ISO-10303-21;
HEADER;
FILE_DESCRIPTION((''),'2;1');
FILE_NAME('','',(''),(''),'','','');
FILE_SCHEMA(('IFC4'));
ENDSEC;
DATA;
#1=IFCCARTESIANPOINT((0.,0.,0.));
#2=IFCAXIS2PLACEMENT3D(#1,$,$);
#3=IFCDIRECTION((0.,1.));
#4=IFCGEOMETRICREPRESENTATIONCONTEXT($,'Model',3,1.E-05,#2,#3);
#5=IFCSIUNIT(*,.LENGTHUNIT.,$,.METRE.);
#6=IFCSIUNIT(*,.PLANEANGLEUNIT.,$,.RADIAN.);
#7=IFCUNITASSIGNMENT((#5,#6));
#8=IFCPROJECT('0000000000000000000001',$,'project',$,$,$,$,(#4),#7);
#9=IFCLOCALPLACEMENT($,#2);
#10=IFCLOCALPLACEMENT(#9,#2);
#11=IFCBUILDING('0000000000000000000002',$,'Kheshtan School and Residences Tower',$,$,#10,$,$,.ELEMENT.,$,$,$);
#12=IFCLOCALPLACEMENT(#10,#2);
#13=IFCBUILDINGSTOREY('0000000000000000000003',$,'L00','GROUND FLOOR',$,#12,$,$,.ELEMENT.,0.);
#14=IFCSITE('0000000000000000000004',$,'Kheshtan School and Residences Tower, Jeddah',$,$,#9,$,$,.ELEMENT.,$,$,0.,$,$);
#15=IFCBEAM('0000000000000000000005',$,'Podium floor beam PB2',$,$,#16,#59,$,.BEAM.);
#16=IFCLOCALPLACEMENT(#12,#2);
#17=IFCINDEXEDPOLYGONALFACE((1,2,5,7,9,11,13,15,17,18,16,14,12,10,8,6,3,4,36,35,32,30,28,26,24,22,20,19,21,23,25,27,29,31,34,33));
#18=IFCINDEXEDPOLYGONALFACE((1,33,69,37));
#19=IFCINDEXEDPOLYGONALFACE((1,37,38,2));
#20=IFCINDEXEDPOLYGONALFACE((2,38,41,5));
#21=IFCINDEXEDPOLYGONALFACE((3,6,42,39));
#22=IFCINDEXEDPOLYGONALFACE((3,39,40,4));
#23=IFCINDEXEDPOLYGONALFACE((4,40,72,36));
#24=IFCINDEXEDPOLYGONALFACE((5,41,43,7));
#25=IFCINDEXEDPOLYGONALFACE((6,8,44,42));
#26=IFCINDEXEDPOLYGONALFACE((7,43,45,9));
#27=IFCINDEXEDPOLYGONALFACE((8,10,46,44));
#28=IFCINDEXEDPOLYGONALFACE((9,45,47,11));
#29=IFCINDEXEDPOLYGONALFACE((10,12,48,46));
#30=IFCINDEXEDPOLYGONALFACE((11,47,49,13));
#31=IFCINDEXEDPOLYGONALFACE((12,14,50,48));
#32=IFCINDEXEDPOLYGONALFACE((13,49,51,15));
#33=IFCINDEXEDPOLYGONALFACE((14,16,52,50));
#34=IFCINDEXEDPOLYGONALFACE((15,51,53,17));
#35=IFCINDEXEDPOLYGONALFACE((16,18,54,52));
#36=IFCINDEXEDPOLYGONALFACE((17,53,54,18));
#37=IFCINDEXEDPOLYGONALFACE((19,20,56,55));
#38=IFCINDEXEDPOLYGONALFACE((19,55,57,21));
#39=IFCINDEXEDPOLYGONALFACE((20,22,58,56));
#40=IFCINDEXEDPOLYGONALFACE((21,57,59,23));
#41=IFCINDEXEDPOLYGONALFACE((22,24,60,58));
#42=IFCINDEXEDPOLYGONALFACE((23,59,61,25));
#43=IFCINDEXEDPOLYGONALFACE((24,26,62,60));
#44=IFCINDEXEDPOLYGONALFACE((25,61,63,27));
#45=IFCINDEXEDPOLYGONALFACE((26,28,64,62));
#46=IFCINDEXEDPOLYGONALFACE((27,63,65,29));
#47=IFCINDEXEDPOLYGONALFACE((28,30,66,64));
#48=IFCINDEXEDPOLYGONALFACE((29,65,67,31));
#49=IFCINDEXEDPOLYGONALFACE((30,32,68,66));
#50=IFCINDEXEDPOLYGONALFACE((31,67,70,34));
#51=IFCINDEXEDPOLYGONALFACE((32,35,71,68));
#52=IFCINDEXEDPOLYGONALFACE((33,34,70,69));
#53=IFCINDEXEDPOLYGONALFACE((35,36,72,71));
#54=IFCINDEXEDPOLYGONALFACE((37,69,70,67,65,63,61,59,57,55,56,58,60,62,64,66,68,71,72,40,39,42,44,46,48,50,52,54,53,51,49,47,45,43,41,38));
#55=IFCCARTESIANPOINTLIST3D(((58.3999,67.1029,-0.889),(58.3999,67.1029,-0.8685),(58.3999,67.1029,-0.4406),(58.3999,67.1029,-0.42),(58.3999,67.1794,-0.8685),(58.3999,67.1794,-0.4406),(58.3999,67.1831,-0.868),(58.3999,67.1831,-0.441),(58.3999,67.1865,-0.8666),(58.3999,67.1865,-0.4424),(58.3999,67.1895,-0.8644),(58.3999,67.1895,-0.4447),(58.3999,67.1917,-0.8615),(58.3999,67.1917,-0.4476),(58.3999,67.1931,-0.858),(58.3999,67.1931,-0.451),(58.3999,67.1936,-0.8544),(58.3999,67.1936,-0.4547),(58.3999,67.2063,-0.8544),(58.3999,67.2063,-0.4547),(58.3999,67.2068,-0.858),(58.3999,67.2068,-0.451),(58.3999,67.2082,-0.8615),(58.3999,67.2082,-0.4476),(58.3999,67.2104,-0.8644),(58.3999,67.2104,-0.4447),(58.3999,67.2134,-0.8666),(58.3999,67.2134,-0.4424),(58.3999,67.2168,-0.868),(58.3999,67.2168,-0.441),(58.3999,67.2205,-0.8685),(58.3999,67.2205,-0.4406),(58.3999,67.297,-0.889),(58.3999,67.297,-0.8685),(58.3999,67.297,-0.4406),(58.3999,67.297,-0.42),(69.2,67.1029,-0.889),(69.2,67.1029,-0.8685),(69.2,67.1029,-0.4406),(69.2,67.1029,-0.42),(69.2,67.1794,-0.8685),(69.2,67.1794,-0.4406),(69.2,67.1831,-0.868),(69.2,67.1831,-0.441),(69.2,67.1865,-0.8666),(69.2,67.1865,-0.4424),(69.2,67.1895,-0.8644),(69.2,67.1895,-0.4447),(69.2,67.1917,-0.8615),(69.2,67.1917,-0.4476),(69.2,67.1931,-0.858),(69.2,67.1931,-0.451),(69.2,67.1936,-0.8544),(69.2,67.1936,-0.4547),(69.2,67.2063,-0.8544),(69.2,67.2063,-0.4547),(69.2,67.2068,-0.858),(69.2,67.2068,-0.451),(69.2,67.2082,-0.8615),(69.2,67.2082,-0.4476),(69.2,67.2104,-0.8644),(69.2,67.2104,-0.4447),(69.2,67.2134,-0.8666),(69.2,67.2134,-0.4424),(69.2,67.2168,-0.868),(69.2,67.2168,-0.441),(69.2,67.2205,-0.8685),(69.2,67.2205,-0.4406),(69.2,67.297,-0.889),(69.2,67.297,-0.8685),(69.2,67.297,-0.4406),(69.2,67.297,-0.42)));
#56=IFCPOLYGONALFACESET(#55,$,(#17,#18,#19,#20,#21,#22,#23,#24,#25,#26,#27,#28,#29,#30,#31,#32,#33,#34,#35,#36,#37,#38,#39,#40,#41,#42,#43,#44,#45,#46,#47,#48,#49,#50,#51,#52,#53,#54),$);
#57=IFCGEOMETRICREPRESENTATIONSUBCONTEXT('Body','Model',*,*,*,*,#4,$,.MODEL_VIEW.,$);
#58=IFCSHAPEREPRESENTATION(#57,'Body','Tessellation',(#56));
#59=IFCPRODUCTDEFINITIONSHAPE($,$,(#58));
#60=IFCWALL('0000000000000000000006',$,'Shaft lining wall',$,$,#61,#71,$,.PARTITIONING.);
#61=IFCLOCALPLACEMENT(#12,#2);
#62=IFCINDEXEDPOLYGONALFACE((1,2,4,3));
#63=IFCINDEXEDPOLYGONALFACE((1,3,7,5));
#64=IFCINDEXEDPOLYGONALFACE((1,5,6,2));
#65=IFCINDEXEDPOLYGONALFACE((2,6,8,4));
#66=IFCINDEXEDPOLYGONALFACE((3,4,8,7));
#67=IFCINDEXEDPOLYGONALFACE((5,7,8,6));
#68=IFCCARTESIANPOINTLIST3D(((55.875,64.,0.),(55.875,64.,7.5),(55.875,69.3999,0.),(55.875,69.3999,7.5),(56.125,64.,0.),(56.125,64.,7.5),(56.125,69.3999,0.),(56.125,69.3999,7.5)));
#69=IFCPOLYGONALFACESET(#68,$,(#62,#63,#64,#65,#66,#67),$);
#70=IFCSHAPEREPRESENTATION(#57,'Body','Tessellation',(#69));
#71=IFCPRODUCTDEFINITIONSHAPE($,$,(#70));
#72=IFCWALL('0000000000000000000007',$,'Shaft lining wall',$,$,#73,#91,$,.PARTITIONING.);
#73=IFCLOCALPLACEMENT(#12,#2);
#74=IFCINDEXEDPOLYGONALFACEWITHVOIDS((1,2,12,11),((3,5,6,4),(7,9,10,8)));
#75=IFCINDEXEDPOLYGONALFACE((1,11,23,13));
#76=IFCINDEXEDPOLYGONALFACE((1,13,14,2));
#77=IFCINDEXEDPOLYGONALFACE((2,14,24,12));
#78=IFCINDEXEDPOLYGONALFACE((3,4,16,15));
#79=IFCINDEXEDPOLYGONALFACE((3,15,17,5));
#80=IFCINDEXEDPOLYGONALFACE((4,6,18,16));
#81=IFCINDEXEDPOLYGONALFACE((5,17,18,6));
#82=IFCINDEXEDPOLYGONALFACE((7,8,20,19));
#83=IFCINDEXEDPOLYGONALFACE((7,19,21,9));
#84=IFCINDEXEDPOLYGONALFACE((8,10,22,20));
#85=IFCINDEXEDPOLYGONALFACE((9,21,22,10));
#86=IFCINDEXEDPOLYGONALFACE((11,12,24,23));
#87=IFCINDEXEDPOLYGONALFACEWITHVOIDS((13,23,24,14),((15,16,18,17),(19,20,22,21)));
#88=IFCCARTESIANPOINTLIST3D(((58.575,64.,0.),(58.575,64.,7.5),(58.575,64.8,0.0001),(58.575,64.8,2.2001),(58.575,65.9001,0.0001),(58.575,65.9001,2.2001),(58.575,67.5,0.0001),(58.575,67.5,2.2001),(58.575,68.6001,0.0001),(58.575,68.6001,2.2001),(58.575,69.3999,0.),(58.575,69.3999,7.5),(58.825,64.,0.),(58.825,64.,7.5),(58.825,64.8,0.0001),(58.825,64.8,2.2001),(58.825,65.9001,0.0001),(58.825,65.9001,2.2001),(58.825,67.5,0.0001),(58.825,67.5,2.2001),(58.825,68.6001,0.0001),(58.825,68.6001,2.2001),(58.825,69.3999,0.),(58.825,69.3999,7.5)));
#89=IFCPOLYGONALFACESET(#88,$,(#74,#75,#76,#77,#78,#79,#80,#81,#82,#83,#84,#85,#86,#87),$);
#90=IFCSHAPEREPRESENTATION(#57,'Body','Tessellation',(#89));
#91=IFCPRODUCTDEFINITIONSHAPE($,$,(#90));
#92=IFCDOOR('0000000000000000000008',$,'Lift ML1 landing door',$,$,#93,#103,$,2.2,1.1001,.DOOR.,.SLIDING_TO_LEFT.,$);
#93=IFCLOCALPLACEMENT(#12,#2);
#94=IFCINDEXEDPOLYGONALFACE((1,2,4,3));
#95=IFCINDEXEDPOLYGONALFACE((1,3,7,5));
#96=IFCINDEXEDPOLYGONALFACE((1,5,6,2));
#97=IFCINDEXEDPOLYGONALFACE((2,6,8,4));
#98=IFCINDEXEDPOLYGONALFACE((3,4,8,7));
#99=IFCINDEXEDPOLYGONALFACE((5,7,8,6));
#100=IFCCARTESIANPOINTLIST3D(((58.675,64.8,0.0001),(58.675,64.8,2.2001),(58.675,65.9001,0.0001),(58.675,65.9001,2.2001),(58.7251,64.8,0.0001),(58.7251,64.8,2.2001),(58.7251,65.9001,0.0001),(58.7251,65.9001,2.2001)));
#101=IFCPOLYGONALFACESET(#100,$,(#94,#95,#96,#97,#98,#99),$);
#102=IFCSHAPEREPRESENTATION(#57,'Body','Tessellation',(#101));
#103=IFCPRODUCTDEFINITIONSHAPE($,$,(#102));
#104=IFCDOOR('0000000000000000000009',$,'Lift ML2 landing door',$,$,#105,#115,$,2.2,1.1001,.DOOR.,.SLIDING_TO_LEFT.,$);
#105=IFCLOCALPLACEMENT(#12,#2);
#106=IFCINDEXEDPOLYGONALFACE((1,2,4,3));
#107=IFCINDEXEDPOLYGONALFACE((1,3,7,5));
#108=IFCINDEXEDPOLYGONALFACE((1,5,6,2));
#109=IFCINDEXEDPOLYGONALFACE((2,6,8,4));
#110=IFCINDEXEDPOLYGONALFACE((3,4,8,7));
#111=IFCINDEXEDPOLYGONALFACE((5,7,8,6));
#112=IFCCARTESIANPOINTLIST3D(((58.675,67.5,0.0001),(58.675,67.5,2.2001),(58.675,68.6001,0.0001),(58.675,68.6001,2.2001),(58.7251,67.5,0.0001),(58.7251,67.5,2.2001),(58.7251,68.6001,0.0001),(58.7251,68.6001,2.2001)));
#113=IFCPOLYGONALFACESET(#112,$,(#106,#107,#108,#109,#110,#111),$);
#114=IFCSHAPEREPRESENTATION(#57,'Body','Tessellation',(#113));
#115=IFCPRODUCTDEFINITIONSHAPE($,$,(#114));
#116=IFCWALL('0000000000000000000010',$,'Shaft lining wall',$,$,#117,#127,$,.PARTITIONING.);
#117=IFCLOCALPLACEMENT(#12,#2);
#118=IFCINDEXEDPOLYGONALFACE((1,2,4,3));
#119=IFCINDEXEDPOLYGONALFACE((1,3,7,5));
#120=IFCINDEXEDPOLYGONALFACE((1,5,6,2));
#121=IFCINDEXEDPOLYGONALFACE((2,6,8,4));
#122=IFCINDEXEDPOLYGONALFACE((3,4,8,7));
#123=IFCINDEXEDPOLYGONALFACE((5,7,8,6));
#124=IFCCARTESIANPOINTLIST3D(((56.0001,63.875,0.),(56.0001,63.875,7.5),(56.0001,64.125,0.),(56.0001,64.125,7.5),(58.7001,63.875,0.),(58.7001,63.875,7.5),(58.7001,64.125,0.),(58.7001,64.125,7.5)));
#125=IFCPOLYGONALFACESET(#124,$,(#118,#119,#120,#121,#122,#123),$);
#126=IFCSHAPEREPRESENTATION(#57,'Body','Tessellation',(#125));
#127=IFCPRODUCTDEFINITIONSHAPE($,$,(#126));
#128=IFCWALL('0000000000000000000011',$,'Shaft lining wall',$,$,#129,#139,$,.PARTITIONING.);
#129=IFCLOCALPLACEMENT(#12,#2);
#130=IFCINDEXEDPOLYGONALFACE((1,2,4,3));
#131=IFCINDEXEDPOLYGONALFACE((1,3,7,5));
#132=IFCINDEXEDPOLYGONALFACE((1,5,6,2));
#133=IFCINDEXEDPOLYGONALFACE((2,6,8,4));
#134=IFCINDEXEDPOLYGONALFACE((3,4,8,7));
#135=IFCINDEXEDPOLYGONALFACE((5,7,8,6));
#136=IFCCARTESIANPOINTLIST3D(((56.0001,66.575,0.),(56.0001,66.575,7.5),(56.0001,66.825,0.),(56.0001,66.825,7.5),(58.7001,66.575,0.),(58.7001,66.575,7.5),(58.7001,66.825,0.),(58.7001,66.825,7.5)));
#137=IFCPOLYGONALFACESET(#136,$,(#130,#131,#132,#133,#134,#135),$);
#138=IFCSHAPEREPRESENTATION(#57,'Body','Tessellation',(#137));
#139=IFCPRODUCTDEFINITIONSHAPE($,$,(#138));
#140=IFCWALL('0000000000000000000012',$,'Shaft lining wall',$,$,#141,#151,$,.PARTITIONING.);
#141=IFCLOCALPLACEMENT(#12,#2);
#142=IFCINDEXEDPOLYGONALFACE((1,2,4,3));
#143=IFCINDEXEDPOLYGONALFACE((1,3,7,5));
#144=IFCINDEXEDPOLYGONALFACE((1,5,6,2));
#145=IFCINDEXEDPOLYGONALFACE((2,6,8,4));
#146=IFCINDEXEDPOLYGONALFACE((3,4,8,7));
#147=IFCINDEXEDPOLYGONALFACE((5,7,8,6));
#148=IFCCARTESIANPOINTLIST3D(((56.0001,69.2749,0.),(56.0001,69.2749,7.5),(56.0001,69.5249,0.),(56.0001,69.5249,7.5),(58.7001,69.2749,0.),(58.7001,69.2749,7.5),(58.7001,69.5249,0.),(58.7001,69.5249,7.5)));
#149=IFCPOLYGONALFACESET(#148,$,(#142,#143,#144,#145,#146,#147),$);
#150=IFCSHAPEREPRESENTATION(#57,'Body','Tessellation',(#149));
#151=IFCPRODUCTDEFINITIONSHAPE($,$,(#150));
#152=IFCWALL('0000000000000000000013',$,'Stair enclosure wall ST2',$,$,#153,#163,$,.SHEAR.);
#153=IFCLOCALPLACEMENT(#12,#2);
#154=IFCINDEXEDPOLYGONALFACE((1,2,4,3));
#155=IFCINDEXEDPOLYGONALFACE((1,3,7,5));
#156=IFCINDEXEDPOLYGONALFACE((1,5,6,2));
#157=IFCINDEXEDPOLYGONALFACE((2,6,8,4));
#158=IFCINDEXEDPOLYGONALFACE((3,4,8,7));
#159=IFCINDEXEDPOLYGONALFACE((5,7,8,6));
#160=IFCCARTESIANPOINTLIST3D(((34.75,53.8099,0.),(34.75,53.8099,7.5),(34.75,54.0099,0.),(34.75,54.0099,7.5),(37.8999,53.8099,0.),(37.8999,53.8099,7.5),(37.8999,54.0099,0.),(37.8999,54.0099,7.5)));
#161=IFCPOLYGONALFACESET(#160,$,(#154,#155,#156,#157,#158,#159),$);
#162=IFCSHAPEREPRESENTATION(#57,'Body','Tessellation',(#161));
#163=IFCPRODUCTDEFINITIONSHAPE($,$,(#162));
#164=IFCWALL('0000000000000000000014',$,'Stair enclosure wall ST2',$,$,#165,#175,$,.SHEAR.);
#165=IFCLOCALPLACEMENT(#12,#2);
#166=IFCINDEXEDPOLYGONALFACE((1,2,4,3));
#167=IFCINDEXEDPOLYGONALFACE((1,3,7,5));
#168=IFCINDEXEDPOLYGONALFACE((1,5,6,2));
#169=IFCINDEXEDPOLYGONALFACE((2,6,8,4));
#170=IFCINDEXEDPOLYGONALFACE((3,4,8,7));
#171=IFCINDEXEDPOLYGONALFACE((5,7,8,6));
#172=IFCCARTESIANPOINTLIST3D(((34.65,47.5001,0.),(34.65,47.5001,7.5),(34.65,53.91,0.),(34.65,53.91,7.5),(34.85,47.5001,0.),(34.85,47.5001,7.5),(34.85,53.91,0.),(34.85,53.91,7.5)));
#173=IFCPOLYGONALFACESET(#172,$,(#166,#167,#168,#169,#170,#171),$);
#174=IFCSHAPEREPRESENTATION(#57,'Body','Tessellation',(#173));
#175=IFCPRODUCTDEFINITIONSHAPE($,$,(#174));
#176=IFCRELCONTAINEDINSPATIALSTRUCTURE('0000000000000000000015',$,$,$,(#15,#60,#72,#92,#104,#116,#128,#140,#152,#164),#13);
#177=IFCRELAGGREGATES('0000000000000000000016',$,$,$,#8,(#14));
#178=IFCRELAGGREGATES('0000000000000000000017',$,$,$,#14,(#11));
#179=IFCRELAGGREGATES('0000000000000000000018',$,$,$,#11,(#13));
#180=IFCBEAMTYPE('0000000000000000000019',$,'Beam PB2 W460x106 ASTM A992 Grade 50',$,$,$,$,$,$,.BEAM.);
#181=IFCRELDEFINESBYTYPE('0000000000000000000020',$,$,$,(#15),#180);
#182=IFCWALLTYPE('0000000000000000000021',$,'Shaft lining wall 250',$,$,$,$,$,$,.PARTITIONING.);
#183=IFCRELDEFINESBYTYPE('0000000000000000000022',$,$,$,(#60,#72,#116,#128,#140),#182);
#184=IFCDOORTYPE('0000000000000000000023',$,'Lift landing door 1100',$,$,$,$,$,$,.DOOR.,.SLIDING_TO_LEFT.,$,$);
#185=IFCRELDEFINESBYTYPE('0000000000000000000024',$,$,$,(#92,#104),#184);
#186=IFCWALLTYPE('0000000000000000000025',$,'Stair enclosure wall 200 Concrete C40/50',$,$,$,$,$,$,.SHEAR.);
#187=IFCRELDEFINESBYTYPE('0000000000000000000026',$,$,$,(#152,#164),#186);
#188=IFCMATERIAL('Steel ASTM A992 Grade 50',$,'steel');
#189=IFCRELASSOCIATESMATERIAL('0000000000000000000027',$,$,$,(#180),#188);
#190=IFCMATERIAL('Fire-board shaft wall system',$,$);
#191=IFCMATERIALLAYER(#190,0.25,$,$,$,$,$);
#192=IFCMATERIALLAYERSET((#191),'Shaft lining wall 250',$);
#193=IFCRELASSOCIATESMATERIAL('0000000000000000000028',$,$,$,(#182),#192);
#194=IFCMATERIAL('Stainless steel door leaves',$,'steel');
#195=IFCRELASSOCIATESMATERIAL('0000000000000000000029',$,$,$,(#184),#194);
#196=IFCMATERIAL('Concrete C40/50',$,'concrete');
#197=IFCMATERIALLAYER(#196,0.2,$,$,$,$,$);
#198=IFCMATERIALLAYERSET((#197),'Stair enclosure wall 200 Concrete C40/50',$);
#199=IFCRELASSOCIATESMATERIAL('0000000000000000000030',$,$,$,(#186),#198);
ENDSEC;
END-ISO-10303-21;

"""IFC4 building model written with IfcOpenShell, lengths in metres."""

from ifc_helpers import new_model, si_unit, direction, frame, frame_2d, origin, origin_2d, place, context, subcontext, project, spatial, rectangle, i_section, extrude, source, transform, mapped, material, layer, layer_set, material_profile, profile_set, type_object, element, fill, save


model = new_model("IFC4")

# Units and contexts
model_context = context("Model", 3, precision=1e-05, world=origin(), true_north=direction((0.0, 1.0)))
body_context = subcontext(model_context, "Body", "Model", "MODEL_VIEW")
ifc_project = project(units=[si_unit("LENGTHUNIT", "METRE"), si_unit("PLANEANGLEUNIT", "RADIAN")], contexts=[model_context])

# Site, building, storey
site_placement = place(None, origin())
site = spatial("IfcSite", under=ifc_project, at=site_placement, Name="Kheshtan School and Residences Tower, Jeddah", CompositionType="ELEMENT", RefElevation=0.0)
building_placement = place(site_placement, origin())
building = spatial("IfcBuilding", under=site, at=building_placement, Name="Kheshtan School and Residences Tower", CompositionType="ELEMENT")
storey_placement = place(building_placement, origin())
storey = spatial("IfcBuildingStorey", under=building, at=storey_placement, Name="L00", Description="GROUND FLOOR", CompositionType="ELEMENT", Elevation=0.0)

# Shared definitions
ifc_material_1 = material(Name="Steel ASTM A992 Grade 50", Category="steel")

# Beam
ifc_material_profile_1 = material_profile(ifc_material_1, i_section(OverallWidth=0.1941, OverallDepth=0.469, WebThickness=0.0127, FlangeThickness=0.0205, FilletRadius=0.0142, at=origin_2d()), Name="W460x106")
ifc_profile_set_1 = profile_set([ifc_material_profile_1], Name="Steel ASTM A992 Grade 50")
beam_type = type_object("IfcBeamType", Name="Beam PB2 W460x106 ASTM A992 Grade 50", PredefinedType="BEAM", material=ifc_profile_set_1)
beam_1_placement = place(storey_placement, frame((58.3999, 67.2, -0.6545), z_axis=(1.0, 0.0, 0.0), x_axis=(0.0, 1.0, 0.0)))
element("IfcBeam", 1, at=beam_1_placement, inside=storey, type_object=beam_type, Name="Podium floor beam PB2", PredefinedType="BEAM", context=body_context, shape_type="SweptSolid", body=[
    extrude(i_section(OverallWidth=0.1941, OverallDepth=0.469, WebThickness=0.0127, FlangeThickness=0.0205, FilletRadius=0.0142, at=origin_2d()), origin(), (0.0, 0.0, 1.0), 10.8),
])

# Wall
ifc_material_2 = material(Name="Fire-board shaft wall system")
ifc_layer_1 = layer(ifc_material_2, 0.25)
ifc_layer_set_1 = layer_set([ifc_layer_1], Name="Shaft lining wall 250")
wall_type_1 = type_object("IfcWallType", Name="Shaft lining wall 250", PredefinedType="PARTITIONING", material=ifc_layer_set_1)
wall_1_placement = place(storey_placement, frame((56.0, 64.0, 0.0), z_axis=(0.0, 0.0, 1.0), x_axis=(0.0, 1.0, 0.0)))
element("IfcWall", 2, at=wall_1_placement, inside=storey, type_object=wall_type_1, Name="Shaft lining wall", PredefinedType="PARTITIONING", context=body_context, shape_type="SweptSolid", body=[
    extrude(rectangle(XDim=5.3999, YDim=0.25, at=frame_2d((2.7, 0.0))), origin(), (0.0, 0.0, 1.0), 7.5),
])

# Wall, openings, doors
wall_2_placement = place(storey_placement, frame((58.7, 64.0, 0.0), z_axis=(0.0, 0.0, 1.0), x_axis=(0.0, 1.0, 0.0)))
wall_2 = element("IfcWall", 3, at=wall_2_placement, inside=storey, type_object=wall_type_1, Name="Shaft lining wall", PredefinedType="PARTITIONING", context=body_context, shape_type="SweptSolid", body=[
    extrude(rectangle(XDim=5.3999, YDim=0.25, at=frame_2d((2.7, 0.0))), origin(), (0.0, 0.0, 1.0), 7.5),
])
opening_1_placement = place(wall_2_placement, frame((0.8, 0.0, 0.0)))
opening_1 = element("IfcOpeningElement", 4, at=opening_1_placement, cuts=wall_2, PredefinedType="OPENING", context=body_context, shape_type="SweptSolid", body=[
    extrude(rectangle(XDim=1.1001, YDim=2.2, at=frame_2d((0.55, 1.1001))), frame((0.0, 0.135, 0.0), z_axis=(0.0, -1.0, 0.0), x_axis=(1.0, 0.0, 0.0)), (0.0, 0.0, 1.0), 0.27),
])
opening_2_placement = place(wall_2_placement, frame((3.5, 0.0, 0.0)))
opening_2 = element("IfcOpeningElement", 5, at=opening_2_placement, cuts=wall_2, PredefinedType="OPENING", context=body_context, shape_type="SweptSolid", body=[
    extrude(rectangle(XDim=1.1001, YDim=2.2, at=frame_2d((0.55, 1.1001))), frame((0.0, 0.135, 0.0), z_axis=(0.0, -1.0, 0.0), x_axis=(1.0, 0.0, 0.0)), (0.0, 0.0, 1.0), 0.27),
])
ifc_material_3 = material(Name="Stainless steel door leaves", Category="steel")
door_type = type_object("IfcDoorType", Name="Lift landing door 1100", OperationType="SLIDING_TO_LEFT", PredefinedType="DOOR", material=ifc_material_3)
shared_shape = source(origin(), body_context, "Body", "SweptSolid", [
    extrude(rectangle(XDim=1.1001, YDim=2.2, at=frame_2d((0.55, 1.1001))), frame((0.0, 0.0249, 0.0), z_axis=(0.0, -1.0, 0.0), x_axis=(1.0, 0.0, 0.0)), (0.0, 0.0, 1.0), 0.05),
])
door_1_placement = place(opening_1_placement, origin())
door_1 = element("IfcDoor", 6, at=door_1_placement, inside=storey, type_object=door_type, Name="Lift ML1 landing door", OperationType="SLIDING_TO_LEFT", OverallHeight=2.2, OverallWidth=1.1001, PredefinedType="DOOR", context=body_context, shape_type="MappedRepresentation", body=[
    mapped(shared_shape, transform((0.0, 0.0, 0.0), x_axis=(1.0, 0.0, 0.0), y_axis=(0.0, 1.0, 0.0), z_axis=(0.0, 0.0, 1.0), scale=1.0)),
])
fill(opening_1, door_1)
door_2_placement = place(opening_2_placement, origin())
door_2 = element("IfcDoor", 7, at=door_2_placement, inside=storey, type_object=door_type, Name="Lift ML2 landing door", OperationType="SLIDING_TO_LEFT", OverallHeight=2.2, OverallWidth=1.1001, PredefinedType="DOOR", context=body_context, shape_type="MappedRepresentation", body=[
    mapped(shared_shape, transform((0.0, 0.0, 0.0), x_axis=(1.0, 0.0, 0.0), y_axis=(0.0, 1.0, 0.0), z_axis=(0.0, 0.0, 1.0), scale=1.0)),
])
fill(opening_2, door_2)

# Walls
for number, where, z_axis, x_axis, name in (
    (8, (56.0, 64.0, 0.0), (0.0, 0.0, 1.0), (1.0, 0.0, 0.0), "Shaft lining wall"),
    (9, (56.0, 66.7, 0.0), (0.0, 0.0, 1.0), (1.0, 0.0, 0.0), "Shaft lining wall"),
    (10, (56.0, 69.3999, 0.0), (0.0, 0.0, 1.0), (1.0, 0.0, 0.0), "Shaft lining wall"),
):
    element("IfcWall", number, at=place(storey_placement, frame(where, z_axis=z_axis, x_axis=x_axis)), inside=storey, type_object=wall_type_1, Name=name, PredefinedType="PARTITIONING", context=body_context, shape_type="SweptSolid", body=[
        extrude(rectangle(XDim=2.7, YDim=0.25, at=frame_2d((1.3501, 0.0))), origin(), (0.0, 0.0, 1.0), 7.5),
    ])
ifc_material_4 = material(Name="Concrete C40/50", Category="concrete")
ifc_layer_2 = layer(ifc_material_4, 0.2)
ifc_layer_set_2 = layer_set([ifc_layer_2], Name="Stair enclosure wall 200 Concrete C40/50")
wall_type_2 = type_object("IfcWallType", Name="Stair enclosure wall 200 Concrete C40/50", PredefinedType="SHEAR", material=ifc_layer_set_2)
wall_3_placement = place(storey_placement, frame((34.75, 53.9099, 0.0), z_axis=(0.0, 0.0, 1.0), x_axis=(1.0, 0.0, 0.0)))
element("IfcWall", 11, at=wall_3_placement, inside=storey, type_object=wall_type_2, Name="Stair enclosure wall ST2", PredefinedType="SHEAR", context=body_context, shape_type="SweptSolid", body=[
    extrude(rectangle(XDim=3.1499, YDim=0.2, at=frame_2d((1.575, 0.0))), origin(), (0.0, 0.0, 1.0), 7.5),
])
wall_4_placement = place(storey_placement, frame((34.75, 47.5, 0.0), z_axis=(0.0, 0.0, 1.0), x_axis=(0.0, 1.0, 0.0)))
element("IfcWall", 12, at=wall_4_placement, inside=storey, type_object=wall_type_2, Name="Stair enclosure wall ST2", PredefinedType="SHEAR", context=body_context, shape_type="SweptSolid", body=[
    extrude(rectangle(XDim=6.4099, YDim=0.2, at=frame_2d((3.2051, 0.0))), origin(), (0.0, 0.0, 1.0), 7.5),
])

save(model, "model.ifc")
